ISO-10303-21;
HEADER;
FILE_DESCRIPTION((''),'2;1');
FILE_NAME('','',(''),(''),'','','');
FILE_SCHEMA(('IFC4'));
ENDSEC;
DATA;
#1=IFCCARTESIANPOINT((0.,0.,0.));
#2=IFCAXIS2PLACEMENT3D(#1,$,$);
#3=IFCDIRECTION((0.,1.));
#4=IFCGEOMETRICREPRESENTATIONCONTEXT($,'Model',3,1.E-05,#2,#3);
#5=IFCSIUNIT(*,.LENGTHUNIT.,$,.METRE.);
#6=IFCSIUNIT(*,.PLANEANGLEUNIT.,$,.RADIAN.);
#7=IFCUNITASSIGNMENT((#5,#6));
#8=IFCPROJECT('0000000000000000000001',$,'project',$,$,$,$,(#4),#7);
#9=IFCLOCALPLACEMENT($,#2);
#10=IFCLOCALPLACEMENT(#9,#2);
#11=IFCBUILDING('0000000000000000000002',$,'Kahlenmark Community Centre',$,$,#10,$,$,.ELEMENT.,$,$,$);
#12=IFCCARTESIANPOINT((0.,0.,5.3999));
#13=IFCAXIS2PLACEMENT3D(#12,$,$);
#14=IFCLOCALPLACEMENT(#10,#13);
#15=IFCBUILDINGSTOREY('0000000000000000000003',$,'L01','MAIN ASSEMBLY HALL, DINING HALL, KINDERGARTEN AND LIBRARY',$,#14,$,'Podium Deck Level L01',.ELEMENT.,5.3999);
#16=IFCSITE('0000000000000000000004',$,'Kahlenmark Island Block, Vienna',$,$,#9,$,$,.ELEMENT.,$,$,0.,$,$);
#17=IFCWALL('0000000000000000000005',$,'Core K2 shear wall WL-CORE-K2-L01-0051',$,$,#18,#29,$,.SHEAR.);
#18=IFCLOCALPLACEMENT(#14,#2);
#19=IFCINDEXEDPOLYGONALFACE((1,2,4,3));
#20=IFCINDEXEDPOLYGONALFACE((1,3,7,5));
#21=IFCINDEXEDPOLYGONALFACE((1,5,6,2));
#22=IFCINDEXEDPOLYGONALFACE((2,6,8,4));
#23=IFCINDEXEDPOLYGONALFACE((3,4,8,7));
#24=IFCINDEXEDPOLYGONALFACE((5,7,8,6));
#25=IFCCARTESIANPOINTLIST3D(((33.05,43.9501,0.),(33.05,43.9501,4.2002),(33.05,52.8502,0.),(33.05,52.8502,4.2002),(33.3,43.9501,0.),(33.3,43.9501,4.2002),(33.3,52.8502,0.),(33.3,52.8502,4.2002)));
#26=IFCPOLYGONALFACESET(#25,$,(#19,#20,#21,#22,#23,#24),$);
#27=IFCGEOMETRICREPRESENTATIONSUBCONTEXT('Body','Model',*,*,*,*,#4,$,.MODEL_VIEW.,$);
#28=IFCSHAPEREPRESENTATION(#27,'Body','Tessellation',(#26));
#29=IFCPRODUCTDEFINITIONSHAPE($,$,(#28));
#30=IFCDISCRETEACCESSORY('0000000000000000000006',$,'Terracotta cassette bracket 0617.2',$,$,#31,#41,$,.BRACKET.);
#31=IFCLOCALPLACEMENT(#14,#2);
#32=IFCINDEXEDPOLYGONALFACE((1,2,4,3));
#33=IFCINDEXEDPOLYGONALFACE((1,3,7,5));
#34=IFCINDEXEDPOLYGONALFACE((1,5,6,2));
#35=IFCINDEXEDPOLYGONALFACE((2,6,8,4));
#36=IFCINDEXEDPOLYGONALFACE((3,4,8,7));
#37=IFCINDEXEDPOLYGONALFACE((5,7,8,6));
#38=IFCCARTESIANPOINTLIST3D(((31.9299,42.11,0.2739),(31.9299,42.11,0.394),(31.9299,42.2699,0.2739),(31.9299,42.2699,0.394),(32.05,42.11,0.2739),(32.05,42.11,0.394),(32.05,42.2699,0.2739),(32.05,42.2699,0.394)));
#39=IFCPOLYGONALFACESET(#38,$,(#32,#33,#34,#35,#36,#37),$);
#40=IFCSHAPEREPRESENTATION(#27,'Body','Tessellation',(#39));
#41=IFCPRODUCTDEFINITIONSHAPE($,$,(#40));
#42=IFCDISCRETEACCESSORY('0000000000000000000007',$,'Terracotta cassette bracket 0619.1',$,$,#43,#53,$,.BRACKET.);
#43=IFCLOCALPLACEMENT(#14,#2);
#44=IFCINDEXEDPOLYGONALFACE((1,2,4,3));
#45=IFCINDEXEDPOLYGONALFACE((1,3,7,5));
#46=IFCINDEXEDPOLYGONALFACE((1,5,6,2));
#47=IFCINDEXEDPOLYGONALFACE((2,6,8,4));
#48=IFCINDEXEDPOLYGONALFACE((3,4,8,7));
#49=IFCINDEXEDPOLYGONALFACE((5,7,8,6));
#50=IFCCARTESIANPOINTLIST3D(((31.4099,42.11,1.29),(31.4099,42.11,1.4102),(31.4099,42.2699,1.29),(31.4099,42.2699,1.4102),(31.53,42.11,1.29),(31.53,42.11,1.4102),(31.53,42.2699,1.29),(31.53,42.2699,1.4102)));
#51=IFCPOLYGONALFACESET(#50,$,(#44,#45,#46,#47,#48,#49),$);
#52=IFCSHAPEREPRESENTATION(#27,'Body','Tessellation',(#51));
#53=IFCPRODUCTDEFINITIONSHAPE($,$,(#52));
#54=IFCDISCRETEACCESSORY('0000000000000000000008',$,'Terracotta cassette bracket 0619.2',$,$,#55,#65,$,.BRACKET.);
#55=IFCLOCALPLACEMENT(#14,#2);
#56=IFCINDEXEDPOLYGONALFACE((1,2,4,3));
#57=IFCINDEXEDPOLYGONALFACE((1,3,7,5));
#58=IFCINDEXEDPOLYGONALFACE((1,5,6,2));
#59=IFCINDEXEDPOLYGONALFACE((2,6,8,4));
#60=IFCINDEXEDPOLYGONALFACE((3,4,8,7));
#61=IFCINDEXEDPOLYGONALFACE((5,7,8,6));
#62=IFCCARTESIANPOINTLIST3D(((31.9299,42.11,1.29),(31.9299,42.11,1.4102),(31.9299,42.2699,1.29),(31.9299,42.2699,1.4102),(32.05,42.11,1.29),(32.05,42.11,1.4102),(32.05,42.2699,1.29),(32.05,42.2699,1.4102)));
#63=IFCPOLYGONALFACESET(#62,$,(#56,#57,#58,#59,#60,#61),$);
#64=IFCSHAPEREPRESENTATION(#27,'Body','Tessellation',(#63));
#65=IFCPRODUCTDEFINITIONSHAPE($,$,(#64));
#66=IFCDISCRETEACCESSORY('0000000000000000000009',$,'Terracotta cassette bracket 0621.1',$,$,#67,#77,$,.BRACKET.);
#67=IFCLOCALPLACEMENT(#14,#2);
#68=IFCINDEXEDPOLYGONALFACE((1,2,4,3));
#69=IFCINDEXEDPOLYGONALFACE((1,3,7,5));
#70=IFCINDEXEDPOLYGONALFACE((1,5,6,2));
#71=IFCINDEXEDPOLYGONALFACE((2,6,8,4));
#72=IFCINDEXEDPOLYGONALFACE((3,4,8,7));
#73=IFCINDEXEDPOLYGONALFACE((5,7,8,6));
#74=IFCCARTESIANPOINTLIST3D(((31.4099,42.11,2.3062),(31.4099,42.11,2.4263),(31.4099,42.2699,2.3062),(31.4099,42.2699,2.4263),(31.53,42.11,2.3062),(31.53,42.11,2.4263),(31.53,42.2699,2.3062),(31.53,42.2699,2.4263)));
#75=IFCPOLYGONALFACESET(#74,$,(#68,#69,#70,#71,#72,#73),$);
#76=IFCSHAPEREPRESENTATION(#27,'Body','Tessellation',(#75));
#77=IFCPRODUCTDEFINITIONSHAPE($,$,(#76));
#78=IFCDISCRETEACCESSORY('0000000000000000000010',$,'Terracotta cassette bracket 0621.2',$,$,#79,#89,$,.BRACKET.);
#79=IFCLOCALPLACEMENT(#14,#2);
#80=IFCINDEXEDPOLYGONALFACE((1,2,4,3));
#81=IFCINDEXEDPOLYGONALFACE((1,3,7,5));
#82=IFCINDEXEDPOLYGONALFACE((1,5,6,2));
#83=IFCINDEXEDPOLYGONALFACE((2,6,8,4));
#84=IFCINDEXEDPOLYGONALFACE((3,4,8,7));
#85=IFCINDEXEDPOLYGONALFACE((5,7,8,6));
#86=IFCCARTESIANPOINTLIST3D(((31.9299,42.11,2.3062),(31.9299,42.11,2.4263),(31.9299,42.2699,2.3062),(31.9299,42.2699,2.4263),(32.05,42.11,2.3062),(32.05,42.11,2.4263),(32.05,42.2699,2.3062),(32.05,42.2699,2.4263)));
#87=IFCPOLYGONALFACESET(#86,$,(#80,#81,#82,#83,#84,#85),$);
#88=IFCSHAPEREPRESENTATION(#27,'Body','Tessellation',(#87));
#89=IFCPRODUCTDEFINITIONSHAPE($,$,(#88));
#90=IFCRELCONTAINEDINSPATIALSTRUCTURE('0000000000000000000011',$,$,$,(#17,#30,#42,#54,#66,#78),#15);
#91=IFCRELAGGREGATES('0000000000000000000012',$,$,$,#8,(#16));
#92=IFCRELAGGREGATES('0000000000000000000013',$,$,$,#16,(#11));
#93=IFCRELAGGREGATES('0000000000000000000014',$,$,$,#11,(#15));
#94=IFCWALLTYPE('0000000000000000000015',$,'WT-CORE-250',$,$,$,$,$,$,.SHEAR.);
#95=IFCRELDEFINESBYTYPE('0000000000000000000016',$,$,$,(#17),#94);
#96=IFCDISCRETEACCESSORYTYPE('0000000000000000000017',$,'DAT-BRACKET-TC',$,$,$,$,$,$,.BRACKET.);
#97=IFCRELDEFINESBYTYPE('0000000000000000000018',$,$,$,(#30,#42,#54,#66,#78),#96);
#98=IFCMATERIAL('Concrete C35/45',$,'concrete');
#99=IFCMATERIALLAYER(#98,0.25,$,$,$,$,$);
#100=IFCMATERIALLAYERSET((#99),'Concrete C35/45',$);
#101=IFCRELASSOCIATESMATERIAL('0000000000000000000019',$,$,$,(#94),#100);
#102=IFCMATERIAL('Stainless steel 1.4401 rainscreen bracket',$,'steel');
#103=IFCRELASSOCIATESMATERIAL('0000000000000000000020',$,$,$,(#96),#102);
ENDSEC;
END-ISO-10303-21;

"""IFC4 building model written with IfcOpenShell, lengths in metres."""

from ifc_helpers import new_model, si_unit, direction, frame, frame_2d, origin, origin_2d, place, context, subcontext, project, spatial, rectangle, extrude, material, layer, layer_set, type_object, element, save


model = new_model("IFC4")

# Units and contexts
model_context = context("Model", 3, precision=1e-05, world=origin(), true_north=direction((0.0, 1.0)))
body_context = subcontext(model_context, "Body", "Model", "MODEL_VIEW")
ifc_project = project(units=[si_unit("LENGTHUNIT", "METRE"), si_unit("PLANEANGLEUNIT", "RADIAN")], contexts=[model_context])

# Site, building, storey
site_placement = place(None, origin())
site = spatial("IfcSite", under=ifc_project, at=site_placement, Name="Kahlenmark Island Block, Vienna", CompositionType="ELEMENT", RefElevation=0.0)
building_placement = place(site_placement, origin())
building = spatial("IfcBuilding", under=site, at=building_placement, Name="Kahlenmark Community Centre", CompositionType="ELEMENT")
storey_placement = place(building_placement, frame((0.0, 0.0, 5.3999)))
storey = spatial("IfcBuildingStorey", under=building, at=storey_placement, Name="L01", Description="MAIN ASSEMBLY HALL, DINING HALL, KINDERGARTEN AND LIBRARY", LongName="Podium Deck Level L01", CompositionType="ELEMENT", Elevation=5.3999)

# Wall
ifc_material_1 = material(Name="Concrete C35/45", Category="concrete")
ifc_layer_1 = layer(ifc_material_1, 0.25)
ifc_layer_set_1 = layer_set([ifc_layer_1], Name="Concrete C35/45")
wall_type = type_object("IfcWallType", Name="WT-CORE-250", PredefinedType="SHEAR", material=ifc_layer_set_1)
wall_placement = place(storey_placement, frame((33.175, 43.95, 0.0), z_axis=(0.0, 0.0, 1.0), x_axis=(0.0, 1.0, 0.0)))
element("IfcWall", 1, at=wall_placement, inside=storey, type_object=wall_type, Name="Core K2 shear wall WL-CORE-K2-L01-0051", PredefinedType="SHEAR", context=body_context, shape_type="SweptSolid", body=[
    extrude(rectangle(XDim=8.9001, YDim=0.25, at=frame_2d((4.4502, 0.0))), origin(), (0.0, 0.0, 1.0), 4.2002),
])

# Discrete accessories
ifc_material_2 = material(Name="Stainless steel 1.4401 rainscreen bracket", Category="steel")
discrete_accessory_type = type_object("IfcDiscreteAccessoryType", Name="DAT-BRACKET-TC", PredefinedType="BRACKET", material=ifc_material_2)
for number, where, z_axis, x_axis, name in (
    (2, (31.99, 42.1899, 0.2739), (0.0, 0.0, 1.0), (1.0, 0.0, 0.0), "Terracotta cassette bracket 0617.2"),
    (3, (31.47, 42.1899, 1.29), (0.0, 0.0, 1.0), (1.0, 0.0, 0.0), "Terracotta cassette bracket 0619.1"),
    (4, (31.99, 42.1899, 1.29), (0.0, 0.0, 1.0), (1.0, 0.0, 0.0), "Terracotta cassette bracket 0619.2"),
    (5, (31.47, 42.1899, 2.3062), (0.0, 0.0, 1.0), (1.0, 0.0, 0.0), "Terracotta cassette bracket 0621.1"),
    (6, (31.99, 42.1899, 2.3062), (0.0, 0.0, 1.0), (1.0, 0.0, 0.0), "Terracotta cassette bracket 0621.2"),
):
    element("IfcDiscreteAccessory", number, at=place(storey_placement, frame(where, z_axis=z_axis, x_axis=x_axis)), inside=storey, type_object=discrete_accessory_type, Name=name, PredefinedType="BRACKET", context=body_context, shape_type="SweptSolid", body=[
        extrude(rectangle(XDim=0.1201, YDim=0.1599, at=origin_2d()), origin(), (0.0, 0.0, 1.0), 0.1201),
    ])

save(model, "model.ifc")
